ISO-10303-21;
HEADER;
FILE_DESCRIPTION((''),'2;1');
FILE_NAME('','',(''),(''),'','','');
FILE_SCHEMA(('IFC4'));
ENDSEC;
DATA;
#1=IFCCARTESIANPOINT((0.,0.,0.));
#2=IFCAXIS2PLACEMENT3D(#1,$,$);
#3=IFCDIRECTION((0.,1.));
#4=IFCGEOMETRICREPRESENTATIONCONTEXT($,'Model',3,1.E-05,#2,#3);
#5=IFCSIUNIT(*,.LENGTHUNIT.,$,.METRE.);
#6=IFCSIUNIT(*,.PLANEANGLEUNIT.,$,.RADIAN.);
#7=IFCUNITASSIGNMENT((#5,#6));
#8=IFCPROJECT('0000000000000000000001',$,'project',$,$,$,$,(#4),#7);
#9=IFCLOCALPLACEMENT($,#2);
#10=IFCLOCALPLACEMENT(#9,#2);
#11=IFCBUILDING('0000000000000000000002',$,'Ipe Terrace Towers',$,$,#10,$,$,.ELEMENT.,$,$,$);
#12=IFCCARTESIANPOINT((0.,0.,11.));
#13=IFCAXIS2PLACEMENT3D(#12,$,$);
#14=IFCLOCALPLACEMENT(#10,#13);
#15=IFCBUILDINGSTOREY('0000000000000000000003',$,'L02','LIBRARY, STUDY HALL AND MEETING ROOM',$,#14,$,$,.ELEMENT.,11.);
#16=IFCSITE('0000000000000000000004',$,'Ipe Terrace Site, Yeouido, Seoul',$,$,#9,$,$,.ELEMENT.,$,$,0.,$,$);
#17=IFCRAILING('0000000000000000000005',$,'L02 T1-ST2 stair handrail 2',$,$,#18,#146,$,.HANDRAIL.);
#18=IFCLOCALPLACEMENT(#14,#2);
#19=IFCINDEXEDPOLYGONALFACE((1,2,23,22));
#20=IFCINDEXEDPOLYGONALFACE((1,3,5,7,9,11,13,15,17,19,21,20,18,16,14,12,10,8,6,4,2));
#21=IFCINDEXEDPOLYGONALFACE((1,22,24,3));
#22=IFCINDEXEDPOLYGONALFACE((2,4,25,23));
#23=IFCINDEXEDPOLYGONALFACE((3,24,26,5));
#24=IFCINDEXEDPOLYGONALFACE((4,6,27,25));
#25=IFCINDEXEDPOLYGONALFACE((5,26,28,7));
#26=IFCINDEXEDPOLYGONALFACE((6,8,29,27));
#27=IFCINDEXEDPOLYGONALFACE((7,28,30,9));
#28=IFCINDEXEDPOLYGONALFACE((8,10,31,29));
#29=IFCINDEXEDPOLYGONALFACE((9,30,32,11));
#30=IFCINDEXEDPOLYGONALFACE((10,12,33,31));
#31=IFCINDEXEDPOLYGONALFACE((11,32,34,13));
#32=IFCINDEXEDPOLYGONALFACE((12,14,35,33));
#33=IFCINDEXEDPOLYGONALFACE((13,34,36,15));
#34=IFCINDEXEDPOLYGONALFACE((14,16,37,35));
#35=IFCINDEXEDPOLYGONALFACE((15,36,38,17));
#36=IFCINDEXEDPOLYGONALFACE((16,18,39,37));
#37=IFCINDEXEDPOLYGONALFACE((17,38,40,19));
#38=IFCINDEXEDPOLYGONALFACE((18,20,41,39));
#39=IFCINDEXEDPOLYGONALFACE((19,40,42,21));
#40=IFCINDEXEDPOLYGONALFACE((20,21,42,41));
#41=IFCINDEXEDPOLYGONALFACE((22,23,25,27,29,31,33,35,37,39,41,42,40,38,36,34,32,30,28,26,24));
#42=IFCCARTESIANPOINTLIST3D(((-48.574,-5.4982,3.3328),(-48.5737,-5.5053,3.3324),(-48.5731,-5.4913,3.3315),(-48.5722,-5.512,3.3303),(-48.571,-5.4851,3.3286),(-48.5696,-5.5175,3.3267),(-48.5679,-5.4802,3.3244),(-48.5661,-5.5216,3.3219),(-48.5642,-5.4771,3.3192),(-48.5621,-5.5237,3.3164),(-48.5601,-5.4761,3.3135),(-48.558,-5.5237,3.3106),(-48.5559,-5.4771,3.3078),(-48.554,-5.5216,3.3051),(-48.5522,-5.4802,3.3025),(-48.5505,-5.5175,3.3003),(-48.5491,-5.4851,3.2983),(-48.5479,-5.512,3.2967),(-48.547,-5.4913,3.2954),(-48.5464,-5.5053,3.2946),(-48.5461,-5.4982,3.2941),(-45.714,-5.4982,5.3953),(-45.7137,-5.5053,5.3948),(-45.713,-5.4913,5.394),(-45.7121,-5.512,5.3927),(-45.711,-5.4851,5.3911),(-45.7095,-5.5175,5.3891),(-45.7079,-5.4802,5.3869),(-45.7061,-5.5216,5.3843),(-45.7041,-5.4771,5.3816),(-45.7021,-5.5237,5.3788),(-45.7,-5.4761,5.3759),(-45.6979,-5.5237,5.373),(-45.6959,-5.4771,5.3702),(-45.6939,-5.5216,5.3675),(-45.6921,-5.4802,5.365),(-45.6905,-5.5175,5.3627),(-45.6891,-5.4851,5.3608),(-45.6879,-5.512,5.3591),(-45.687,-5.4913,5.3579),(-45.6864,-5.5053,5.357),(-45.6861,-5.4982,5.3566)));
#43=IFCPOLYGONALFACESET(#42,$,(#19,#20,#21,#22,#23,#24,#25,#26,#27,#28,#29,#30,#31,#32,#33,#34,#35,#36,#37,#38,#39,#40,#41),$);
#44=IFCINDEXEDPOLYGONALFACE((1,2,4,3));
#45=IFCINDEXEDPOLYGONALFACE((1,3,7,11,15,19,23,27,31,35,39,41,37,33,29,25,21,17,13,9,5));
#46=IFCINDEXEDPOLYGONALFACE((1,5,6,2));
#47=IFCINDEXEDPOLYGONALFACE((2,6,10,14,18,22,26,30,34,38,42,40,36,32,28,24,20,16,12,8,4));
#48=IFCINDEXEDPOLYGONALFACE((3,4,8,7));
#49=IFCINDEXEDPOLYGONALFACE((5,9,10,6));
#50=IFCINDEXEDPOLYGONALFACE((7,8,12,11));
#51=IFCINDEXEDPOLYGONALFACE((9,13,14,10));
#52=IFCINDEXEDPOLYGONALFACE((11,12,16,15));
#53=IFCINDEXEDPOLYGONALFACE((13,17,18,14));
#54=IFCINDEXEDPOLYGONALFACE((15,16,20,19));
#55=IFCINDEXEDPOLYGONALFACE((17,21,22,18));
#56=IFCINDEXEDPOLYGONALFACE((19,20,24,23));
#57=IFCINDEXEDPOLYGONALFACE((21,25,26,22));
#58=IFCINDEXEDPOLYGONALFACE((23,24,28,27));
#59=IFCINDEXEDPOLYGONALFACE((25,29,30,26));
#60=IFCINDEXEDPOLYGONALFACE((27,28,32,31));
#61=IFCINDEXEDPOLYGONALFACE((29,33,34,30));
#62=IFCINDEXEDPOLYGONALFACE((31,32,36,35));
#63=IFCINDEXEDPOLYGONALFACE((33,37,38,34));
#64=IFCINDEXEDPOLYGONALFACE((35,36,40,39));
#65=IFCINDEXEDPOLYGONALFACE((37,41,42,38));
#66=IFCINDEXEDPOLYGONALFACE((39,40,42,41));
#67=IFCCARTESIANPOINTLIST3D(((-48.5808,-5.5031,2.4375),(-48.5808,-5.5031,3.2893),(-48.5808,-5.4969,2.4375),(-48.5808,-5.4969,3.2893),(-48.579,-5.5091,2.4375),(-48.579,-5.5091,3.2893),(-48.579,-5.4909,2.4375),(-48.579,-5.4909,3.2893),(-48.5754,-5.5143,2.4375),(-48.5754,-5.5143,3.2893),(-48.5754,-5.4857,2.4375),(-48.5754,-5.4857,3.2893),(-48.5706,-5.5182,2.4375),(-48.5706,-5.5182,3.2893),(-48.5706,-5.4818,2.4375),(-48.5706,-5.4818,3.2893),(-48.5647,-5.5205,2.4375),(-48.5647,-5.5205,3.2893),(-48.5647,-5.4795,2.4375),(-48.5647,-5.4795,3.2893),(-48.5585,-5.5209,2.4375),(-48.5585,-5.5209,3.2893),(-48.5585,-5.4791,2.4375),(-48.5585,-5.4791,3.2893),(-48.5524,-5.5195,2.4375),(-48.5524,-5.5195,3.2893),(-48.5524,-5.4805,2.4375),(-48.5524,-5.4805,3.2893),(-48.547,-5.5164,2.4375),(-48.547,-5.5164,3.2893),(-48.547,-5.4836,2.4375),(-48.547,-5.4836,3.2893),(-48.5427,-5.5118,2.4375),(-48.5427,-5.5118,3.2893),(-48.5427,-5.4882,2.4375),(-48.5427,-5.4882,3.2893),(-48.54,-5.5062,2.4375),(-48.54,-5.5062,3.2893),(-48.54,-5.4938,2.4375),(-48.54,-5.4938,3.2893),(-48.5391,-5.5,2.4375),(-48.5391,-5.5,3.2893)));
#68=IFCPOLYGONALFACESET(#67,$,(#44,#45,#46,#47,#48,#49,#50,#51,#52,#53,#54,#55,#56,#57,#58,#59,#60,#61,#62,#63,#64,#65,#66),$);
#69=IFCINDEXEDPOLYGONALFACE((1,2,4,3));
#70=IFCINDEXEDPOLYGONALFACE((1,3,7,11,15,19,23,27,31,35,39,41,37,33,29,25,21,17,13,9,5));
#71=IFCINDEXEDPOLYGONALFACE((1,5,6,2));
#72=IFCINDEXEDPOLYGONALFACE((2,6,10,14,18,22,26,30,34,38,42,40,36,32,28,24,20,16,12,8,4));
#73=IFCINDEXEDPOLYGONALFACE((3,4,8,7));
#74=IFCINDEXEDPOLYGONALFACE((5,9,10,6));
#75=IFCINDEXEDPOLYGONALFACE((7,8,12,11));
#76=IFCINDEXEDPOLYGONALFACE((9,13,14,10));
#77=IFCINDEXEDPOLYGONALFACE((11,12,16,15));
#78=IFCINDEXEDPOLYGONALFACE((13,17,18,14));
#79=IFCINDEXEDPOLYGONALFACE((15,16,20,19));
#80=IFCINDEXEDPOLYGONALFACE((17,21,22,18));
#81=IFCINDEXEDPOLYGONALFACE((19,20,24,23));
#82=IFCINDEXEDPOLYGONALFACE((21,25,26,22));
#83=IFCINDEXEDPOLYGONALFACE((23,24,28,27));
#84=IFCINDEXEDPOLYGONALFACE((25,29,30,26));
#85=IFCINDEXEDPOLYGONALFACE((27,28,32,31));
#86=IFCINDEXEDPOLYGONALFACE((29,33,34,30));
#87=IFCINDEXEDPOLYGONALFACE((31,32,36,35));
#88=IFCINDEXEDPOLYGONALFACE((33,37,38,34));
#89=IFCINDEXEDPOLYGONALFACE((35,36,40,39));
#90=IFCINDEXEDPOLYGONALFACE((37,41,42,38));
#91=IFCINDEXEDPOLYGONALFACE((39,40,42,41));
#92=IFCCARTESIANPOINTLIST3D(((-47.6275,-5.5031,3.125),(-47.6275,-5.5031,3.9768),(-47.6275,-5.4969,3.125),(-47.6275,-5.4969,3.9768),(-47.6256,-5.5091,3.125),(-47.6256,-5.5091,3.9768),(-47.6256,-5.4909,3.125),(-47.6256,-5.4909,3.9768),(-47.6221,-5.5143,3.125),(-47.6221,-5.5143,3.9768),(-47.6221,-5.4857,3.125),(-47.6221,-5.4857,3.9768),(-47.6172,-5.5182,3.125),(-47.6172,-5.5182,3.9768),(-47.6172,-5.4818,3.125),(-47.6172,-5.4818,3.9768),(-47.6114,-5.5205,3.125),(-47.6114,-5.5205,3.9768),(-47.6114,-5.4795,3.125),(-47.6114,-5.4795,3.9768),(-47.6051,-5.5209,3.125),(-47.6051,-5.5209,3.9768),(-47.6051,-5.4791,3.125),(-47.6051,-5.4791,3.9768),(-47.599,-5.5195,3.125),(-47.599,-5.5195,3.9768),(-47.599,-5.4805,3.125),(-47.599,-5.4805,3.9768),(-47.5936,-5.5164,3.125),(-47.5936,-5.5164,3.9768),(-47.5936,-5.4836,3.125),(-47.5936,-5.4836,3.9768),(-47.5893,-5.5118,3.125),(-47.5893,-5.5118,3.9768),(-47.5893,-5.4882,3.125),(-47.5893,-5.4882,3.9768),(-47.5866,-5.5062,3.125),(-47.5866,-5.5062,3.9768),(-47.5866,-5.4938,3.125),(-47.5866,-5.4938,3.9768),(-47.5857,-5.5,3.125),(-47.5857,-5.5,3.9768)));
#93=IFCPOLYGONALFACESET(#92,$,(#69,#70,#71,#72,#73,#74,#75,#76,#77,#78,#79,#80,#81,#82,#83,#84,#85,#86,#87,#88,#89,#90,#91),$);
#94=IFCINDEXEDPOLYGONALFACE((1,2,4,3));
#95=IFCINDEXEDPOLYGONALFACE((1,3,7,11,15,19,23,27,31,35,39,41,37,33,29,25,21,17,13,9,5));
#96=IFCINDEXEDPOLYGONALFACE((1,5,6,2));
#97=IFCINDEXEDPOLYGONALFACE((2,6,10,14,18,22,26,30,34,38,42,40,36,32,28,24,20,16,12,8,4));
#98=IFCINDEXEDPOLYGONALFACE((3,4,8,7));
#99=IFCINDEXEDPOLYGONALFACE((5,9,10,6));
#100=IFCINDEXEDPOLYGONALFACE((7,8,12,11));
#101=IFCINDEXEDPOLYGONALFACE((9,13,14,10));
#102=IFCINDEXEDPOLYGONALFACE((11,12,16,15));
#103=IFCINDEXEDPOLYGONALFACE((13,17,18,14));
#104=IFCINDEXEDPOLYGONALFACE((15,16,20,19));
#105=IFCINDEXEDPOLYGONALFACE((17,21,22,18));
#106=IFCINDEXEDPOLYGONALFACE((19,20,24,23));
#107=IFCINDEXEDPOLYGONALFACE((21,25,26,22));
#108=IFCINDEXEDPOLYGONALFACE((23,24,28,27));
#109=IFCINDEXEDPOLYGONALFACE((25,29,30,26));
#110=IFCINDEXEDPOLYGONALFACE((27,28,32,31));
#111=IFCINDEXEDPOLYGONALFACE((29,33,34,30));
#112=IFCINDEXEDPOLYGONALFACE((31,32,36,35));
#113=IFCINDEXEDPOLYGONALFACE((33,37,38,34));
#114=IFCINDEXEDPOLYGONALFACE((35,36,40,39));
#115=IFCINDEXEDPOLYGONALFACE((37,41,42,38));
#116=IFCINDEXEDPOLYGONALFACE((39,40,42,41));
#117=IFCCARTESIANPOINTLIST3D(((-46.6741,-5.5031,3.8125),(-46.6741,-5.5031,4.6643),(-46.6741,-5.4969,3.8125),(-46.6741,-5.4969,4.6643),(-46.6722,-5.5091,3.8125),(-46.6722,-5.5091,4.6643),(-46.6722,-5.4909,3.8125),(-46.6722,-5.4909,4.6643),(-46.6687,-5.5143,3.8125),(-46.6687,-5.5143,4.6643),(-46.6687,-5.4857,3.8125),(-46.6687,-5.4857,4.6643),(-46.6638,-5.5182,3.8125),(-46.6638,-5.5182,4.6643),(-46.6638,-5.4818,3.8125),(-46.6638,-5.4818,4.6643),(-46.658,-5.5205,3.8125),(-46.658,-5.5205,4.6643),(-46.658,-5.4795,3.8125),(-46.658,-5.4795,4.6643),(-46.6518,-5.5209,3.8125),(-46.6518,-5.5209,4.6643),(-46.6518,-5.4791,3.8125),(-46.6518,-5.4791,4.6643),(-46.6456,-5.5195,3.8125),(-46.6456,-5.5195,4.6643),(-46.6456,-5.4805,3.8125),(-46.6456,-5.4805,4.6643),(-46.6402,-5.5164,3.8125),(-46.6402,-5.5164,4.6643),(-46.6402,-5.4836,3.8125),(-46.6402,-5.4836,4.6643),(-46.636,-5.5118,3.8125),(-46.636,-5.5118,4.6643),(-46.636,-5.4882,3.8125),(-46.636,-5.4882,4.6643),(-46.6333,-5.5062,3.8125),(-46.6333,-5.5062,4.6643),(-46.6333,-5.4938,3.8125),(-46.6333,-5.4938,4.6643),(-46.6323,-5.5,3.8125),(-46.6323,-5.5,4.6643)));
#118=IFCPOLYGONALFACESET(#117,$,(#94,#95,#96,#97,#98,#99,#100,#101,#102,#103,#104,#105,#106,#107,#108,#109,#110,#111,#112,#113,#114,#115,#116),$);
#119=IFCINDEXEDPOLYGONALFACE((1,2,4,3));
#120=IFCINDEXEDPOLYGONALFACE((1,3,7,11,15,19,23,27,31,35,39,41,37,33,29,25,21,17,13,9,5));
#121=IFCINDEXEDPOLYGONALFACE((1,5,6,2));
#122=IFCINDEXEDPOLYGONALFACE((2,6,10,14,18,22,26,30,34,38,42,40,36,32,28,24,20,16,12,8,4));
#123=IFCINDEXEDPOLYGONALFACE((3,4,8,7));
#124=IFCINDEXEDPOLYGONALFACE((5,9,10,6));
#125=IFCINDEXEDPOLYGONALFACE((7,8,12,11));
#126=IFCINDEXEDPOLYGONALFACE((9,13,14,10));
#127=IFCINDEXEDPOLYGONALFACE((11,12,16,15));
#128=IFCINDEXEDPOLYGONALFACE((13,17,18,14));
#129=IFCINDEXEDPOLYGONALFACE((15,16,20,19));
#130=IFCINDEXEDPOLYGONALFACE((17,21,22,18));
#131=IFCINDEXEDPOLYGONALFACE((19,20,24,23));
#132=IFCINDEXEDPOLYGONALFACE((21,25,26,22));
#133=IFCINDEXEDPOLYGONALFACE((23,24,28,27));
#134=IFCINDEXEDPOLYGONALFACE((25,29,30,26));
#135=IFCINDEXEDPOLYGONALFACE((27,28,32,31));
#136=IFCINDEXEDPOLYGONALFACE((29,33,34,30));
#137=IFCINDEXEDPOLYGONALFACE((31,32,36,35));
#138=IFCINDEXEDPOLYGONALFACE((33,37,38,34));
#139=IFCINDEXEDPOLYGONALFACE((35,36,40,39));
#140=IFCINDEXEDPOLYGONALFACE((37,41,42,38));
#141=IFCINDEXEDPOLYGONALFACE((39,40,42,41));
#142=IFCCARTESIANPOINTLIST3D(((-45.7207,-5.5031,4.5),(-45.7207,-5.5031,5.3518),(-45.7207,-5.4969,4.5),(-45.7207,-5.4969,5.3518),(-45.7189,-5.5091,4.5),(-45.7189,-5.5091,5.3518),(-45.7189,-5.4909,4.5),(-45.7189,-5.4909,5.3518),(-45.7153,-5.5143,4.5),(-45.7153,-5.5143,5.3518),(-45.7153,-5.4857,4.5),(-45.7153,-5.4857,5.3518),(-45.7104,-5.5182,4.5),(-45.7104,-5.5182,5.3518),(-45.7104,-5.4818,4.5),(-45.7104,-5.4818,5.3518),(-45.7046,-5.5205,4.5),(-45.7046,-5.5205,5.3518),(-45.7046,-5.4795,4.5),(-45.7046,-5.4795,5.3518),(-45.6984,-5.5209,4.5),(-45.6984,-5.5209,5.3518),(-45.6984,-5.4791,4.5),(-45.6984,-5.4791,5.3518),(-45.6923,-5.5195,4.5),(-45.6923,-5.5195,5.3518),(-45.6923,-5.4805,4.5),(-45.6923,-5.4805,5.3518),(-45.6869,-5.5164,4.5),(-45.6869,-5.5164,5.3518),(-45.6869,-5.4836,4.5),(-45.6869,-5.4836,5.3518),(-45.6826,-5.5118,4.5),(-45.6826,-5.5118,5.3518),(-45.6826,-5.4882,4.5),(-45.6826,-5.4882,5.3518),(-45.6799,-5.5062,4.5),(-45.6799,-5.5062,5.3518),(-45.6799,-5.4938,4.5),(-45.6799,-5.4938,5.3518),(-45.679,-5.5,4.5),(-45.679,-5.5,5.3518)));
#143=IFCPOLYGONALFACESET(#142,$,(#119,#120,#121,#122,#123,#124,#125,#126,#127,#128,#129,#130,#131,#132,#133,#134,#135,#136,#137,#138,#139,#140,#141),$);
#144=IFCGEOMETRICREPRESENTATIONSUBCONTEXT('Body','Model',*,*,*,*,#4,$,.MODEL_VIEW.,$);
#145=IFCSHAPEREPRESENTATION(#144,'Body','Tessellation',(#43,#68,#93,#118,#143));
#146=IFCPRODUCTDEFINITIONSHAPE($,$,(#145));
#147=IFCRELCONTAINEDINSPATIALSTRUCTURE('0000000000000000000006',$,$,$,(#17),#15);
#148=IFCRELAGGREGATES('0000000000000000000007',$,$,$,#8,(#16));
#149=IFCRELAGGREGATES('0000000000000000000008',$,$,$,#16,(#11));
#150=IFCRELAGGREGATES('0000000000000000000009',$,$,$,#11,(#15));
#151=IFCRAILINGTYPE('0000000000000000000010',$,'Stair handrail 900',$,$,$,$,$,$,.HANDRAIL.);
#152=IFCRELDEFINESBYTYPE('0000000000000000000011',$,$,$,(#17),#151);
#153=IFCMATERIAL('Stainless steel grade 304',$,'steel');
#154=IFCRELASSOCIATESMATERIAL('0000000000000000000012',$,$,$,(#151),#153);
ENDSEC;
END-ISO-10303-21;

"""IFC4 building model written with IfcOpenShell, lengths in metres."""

from ifc_helpers import new_model, si_unit, direction, frame, origin, origin_2d, place, context, subcontext, project, spatial, circle, extrude, material, type_object, element, save


model = new_model("IFC4")

# Units and contexts
model_context = context("Model", 3, precision=1e-05, world=origin(), true_north=direction((0.0, 1.0)))
body_context = subcontext(model_context, "Body", "Model", "MODEL_VIEW")
ifc_project = project(units=[si_unit("LENGTHUNIT", "METRE"), si_unit("PLANEANGLEUNIT", "RADIAN")], contexts=[model_context])

# Site, building, storey
site_placement = place(None, origin())
site = spatial("IfcSite", under=ifc_project, at=site_placement, Name="Ipe Terrace Site, Yeouido, Seoul", CompositionType="ELEMENT", RefElevation=0.0)
building_placement = place(site_placement, origin())
building = spatial("IfcBuilding", under=site, at=building_placement, Name="Ipe Terrace Towers", CompositionType="ELEMENT")
storey_placement = place(building_placement, frame((0.0, 0.0, 11.0)))
storey = spatial("IfcBuildingStorey", under=building, at=storey_placement, Name="L02", Description="LIBRARY, STUDY HALL AND MEETING ROOM", CompositionType="ELEMENT", Elevation=11.0)

# Railing
ifc_material_1 = material(Name="Stainless steel grade 304", Category="steel")
railing_type_1 = type_object("IfcRailingType", Name="Stair handrail 900", PredefinedType="HANDRAIL", material=ifc_material_1)
for number, where, name in (
    (1, (-48.5601, -5.5, 2.4375), "L02 T1-ST2 stair handrail 2"),
):
    element("IfcRailing", number, at=place(storey_placement, frame(where)), inside=storey, type_object=railing_type_1, Name=name, PredefinedType="HANDRAIL", context=body_context, shape_type="SweptSolid", body=[
        extrude(circle(Radius=0.0239, at=origin_2d()), frame((0.0, 0.0, 0.876), z_axis=(0.811101, 0.0, 0.584906), x_axis=(0.0, 1.0, 0.0)), (0.0, 0.0, 1.0), 3.5261),
        extrude(circle(Radius=0.021, at=origin_2d()), origin(), (0.0, 0.0, 1.0), 0.8518),
        extrude(circle(Radius=0.021, at=origin_2d()), frame((0.9534, 0.0, 0.6875)), (0.0, 0.0, 1.0), 0.8518),
        extrude(circle(Radius=0.021, at=origin_2d()), frame((1.9067, 0.0, 1.375)), (0.0, 0.0, 1.0), 0.8518),
        extrude(circle(Radius=0.021, at=origin_2d()), frame((2.8601, 0.0, 2.0625)), (0.0, 0.0, 1.0), 0.8518),
    ])

save(model, "model.ifc")
